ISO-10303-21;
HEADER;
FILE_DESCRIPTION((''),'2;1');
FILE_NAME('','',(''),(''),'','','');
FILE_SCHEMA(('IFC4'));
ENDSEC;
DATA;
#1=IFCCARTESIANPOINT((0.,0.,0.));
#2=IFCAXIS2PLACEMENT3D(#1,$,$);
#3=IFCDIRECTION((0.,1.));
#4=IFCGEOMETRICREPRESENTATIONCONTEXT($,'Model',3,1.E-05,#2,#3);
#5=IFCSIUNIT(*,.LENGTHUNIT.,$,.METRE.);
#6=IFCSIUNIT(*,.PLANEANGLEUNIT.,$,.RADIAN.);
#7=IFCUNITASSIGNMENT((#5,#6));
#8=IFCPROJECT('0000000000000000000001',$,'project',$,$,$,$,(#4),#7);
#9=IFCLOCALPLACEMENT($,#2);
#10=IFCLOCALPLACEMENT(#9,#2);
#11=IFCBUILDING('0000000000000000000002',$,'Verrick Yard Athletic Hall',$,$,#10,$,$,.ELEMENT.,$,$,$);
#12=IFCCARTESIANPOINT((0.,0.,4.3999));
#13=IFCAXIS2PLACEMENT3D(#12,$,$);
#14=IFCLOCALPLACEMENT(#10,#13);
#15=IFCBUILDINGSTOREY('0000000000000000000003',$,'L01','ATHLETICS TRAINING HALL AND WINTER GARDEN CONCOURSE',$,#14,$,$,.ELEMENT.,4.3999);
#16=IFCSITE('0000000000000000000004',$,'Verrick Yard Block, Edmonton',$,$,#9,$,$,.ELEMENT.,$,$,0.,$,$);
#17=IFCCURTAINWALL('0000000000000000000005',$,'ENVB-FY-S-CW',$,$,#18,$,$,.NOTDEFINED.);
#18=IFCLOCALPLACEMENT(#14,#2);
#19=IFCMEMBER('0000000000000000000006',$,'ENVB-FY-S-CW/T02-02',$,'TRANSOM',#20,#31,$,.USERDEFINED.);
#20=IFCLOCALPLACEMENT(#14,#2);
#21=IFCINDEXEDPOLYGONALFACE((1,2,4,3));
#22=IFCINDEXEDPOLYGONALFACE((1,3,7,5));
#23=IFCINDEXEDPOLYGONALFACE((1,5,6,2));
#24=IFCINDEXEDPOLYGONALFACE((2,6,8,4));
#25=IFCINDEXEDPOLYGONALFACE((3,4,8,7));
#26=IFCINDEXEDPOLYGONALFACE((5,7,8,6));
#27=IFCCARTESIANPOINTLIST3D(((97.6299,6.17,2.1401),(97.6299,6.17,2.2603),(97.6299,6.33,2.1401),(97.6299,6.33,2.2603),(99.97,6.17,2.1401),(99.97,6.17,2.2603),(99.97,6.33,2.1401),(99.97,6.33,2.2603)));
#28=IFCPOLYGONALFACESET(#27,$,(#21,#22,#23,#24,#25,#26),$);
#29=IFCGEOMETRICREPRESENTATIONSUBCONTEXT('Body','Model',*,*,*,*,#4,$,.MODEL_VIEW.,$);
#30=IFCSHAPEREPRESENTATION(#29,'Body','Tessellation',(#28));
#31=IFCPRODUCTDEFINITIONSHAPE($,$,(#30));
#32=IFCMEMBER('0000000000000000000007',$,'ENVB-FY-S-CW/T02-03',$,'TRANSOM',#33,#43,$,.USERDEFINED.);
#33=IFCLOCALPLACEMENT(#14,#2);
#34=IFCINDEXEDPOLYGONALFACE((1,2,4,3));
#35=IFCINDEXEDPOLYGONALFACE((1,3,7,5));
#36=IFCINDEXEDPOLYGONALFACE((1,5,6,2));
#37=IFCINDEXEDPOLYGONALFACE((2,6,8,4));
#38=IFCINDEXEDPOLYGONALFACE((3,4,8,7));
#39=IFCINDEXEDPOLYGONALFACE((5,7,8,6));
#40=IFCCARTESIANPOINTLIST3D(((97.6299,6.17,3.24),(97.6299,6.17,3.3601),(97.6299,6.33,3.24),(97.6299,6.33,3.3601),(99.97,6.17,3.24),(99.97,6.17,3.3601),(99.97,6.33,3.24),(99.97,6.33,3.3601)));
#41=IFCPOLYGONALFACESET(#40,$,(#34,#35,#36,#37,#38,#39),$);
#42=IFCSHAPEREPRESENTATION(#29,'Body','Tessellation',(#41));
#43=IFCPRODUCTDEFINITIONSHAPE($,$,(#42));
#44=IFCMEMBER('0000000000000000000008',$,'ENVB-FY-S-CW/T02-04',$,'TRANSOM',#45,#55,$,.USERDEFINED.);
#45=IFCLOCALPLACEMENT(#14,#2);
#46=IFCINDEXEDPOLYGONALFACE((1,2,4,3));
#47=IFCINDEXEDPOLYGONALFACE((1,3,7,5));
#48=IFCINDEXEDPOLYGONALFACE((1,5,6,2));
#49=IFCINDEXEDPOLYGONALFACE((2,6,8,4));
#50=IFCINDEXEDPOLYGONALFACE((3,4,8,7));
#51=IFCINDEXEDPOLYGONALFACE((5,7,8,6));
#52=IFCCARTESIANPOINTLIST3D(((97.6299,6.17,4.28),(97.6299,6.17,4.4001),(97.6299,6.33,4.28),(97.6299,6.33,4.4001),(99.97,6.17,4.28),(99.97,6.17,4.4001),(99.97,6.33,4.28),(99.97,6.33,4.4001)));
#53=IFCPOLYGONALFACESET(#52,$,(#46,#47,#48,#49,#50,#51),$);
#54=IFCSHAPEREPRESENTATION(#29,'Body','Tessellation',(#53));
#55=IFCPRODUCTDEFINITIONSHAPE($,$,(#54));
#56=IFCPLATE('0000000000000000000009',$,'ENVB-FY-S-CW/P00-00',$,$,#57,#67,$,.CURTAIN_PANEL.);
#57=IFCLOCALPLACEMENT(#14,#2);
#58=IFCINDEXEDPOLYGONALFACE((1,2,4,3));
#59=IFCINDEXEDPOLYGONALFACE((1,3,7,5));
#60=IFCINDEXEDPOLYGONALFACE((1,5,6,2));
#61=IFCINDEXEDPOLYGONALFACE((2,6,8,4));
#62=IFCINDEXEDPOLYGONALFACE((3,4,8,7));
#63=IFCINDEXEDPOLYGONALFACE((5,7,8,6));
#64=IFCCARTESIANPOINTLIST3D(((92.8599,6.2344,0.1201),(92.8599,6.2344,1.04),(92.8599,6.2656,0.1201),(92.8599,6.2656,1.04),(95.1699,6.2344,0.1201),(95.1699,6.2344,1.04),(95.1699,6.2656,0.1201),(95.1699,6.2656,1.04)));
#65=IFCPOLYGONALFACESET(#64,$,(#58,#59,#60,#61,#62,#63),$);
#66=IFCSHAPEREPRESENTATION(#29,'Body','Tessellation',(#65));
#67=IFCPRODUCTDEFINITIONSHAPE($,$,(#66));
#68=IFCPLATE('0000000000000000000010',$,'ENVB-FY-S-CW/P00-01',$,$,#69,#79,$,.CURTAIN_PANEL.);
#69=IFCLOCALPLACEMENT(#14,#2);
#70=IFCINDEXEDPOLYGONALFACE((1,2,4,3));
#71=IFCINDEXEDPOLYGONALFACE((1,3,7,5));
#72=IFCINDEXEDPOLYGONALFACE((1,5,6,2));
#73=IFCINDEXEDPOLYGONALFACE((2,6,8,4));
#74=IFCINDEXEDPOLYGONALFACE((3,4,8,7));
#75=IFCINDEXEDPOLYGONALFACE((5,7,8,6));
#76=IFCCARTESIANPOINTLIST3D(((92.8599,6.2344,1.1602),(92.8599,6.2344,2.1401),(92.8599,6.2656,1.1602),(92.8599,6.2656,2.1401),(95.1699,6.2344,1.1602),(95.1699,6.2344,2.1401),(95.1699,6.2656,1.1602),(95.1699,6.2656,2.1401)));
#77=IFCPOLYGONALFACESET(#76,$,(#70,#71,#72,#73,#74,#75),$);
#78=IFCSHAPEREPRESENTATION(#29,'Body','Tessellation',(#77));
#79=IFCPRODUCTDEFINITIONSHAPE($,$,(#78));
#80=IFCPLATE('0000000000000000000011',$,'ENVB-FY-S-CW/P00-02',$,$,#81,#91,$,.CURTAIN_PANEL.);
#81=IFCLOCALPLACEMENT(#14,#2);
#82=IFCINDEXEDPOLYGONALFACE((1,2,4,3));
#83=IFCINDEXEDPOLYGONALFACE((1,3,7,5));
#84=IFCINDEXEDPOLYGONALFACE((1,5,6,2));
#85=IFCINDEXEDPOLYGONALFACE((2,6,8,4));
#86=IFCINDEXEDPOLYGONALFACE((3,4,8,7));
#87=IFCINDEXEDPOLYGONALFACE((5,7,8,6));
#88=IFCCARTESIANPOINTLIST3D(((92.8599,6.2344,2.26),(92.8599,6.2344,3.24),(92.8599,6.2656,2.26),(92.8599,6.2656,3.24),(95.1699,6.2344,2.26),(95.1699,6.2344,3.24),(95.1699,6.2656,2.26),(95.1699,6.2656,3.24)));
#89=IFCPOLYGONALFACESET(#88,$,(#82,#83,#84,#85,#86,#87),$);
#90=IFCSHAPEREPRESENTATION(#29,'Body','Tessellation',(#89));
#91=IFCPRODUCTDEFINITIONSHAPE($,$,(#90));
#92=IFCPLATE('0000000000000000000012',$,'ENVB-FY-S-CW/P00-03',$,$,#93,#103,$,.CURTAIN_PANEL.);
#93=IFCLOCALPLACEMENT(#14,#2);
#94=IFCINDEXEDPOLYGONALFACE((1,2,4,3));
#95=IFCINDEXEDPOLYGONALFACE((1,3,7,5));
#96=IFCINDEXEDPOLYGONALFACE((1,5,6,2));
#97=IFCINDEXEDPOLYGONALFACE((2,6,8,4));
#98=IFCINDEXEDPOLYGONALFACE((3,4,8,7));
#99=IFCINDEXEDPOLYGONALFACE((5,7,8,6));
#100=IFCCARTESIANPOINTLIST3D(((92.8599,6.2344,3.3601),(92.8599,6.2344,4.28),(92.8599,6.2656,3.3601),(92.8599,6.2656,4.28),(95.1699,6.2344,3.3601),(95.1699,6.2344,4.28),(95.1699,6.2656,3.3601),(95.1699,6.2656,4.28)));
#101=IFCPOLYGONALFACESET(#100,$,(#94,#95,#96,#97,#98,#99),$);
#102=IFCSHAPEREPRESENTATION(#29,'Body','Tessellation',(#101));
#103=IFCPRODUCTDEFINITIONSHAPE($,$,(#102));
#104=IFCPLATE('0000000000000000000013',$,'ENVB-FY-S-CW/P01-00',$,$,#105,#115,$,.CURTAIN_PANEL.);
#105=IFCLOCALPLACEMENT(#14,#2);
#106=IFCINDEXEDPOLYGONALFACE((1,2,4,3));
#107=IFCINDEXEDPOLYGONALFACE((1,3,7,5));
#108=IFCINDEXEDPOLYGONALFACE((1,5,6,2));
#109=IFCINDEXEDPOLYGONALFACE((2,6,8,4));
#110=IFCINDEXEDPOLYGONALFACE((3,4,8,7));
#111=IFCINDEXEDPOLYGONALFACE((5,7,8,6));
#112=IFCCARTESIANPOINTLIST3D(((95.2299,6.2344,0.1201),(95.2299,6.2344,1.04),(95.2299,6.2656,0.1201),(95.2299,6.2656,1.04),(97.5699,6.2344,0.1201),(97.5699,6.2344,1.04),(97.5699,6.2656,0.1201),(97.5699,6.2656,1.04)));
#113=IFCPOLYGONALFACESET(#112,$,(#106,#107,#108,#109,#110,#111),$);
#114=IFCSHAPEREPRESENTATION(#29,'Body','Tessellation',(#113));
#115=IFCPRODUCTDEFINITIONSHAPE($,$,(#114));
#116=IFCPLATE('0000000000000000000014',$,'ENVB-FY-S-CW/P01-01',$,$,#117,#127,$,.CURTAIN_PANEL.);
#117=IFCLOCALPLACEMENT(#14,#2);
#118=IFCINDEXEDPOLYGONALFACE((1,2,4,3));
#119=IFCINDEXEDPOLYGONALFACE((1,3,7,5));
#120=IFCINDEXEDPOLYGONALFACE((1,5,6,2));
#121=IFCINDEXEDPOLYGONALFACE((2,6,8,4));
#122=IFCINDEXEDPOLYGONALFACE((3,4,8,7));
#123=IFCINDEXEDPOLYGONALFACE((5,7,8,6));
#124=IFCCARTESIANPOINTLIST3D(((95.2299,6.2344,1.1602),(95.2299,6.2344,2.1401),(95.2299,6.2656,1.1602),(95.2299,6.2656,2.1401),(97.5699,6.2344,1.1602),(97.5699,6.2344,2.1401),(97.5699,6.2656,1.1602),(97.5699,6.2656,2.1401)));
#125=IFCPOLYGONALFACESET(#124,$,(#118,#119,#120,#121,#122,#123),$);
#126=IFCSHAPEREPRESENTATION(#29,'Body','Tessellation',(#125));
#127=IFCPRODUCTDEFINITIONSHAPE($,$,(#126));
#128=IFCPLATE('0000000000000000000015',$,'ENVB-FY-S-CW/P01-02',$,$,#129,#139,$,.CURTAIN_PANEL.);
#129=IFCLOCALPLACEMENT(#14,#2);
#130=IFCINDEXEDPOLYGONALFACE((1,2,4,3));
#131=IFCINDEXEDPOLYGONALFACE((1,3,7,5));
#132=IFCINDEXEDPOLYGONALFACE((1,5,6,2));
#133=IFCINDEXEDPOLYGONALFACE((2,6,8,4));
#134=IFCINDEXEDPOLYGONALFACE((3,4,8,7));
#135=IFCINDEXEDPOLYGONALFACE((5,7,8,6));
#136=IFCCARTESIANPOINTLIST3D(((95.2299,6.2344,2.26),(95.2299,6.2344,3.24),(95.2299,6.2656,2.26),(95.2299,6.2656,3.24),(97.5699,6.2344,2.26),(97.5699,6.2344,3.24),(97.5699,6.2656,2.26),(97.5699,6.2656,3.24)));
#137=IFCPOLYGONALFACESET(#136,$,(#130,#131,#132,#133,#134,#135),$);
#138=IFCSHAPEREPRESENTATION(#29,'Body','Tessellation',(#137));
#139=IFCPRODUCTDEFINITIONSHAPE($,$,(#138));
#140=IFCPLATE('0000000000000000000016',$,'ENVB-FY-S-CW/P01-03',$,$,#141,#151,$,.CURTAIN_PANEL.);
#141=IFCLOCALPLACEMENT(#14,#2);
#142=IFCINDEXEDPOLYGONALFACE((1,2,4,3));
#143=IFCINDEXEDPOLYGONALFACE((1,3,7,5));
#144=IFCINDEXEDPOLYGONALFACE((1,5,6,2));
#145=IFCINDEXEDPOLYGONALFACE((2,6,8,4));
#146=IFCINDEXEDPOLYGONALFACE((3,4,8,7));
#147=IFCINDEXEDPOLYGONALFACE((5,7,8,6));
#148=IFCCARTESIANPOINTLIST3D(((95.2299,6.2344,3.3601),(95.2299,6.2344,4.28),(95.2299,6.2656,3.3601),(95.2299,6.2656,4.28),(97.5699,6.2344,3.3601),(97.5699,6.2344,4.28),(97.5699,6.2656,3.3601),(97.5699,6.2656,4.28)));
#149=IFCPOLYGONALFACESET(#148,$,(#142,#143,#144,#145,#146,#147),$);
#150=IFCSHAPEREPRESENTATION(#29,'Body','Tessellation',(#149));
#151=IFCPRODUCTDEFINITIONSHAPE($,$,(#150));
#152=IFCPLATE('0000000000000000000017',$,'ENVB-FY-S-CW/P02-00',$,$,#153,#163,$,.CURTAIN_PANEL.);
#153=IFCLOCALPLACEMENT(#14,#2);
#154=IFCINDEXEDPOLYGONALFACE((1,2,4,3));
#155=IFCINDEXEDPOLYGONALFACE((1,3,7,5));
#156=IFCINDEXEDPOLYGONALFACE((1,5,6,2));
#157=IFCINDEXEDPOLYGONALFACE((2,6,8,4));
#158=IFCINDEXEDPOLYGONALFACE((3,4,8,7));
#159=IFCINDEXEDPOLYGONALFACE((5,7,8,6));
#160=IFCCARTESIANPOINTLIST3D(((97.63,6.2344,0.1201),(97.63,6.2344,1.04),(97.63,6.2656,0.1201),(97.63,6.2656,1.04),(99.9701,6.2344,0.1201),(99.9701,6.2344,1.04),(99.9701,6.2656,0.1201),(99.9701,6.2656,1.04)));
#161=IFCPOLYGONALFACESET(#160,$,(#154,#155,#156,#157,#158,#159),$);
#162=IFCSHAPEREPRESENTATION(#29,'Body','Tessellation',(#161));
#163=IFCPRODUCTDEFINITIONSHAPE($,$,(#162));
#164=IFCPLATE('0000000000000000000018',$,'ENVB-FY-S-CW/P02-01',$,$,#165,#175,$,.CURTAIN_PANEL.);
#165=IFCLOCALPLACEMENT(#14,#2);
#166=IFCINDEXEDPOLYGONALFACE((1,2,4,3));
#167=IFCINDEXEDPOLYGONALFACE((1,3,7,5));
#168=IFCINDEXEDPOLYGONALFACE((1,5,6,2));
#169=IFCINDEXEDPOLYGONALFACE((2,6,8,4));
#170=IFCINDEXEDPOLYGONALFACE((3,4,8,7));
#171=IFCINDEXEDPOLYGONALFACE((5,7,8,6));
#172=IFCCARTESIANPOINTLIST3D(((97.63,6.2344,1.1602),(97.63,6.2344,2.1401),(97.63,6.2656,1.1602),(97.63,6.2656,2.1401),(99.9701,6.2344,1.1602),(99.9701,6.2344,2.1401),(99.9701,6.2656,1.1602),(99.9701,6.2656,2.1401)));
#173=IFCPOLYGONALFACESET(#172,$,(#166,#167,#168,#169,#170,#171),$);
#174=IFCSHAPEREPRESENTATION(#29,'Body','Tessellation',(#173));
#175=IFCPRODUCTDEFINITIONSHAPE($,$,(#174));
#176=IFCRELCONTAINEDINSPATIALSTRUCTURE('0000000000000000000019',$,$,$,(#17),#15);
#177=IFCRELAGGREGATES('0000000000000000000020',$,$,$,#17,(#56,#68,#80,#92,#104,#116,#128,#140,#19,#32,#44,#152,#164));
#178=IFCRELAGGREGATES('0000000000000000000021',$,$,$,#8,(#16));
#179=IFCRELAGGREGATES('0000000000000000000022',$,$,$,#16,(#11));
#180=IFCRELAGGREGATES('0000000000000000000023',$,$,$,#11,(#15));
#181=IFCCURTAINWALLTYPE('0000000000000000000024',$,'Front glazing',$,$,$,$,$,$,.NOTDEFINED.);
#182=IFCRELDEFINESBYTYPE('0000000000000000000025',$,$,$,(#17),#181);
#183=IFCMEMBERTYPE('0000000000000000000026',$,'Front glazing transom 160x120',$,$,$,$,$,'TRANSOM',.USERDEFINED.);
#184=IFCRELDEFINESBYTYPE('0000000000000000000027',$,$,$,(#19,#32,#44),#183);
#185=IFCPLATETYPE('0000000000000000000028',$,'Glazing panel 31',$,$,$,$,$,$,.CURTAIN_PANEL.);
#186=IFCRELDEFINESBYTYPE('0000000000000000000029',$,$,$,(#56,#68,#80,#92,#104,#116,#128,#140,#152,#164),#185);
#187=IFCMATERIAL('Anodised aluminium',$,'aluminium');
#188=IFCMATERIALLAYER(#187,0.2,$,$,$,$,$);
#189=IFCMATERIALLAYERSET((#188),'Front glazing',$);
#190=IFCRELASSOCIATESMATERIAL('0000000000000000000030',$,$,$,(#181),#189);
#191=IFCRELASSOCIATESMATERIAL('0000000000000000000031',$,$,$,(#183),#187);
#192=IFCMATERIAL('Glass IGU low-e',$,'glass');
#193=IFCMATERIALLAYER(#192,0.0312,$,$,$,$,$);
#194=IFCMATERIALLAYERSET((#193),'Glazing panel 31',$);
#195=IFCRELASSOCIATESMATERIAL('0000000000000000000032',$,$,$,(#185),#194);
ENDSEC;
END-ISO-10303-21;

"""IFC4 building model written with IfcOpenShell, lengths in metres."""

from ifc_helpers import new_model, si_unit, direction, frame, origin, origin_2d, place, context, subcontext, project, spatial, rectangle, extrude, material, layer, layer_set, material_profile, profile_set, type_object, element, aggregate, save


model = new_model("IFC4")

# Units and contexts
model_context = context("Model", 3, precision=1e-05, world=origin(), true_north=direction((0.0, 1.0)))
body_context = subcontext(model_context, "Body", "Model", "MODEL_VIEW")
ifc_project = project(units=[si_unit("LENGTHUNIT", "METRE"), si_unit("PLANEANGLEUNIT", "RADIAN")], contexts=[model_context])

# Site, building, storey
site_placement = place(None, origin())
site = spatial("IfcSite", under=ifc_project, at=site_placement, Name="Verrick Yard Block, Edmonton", CompositionType="ELEMENT", RefElevation=0.0)
building_placement = place(site_placement, origin())
building = spatial("IfcBuilding", under=site, at=building_placement, Name="Verrick Yard Athletic Hall", CompositionType="ELEMENT")
storey_placement = place(building_placement, frame((0.0, 0.0, 4.3999)))
storey = spatial("IfcBuildingStorey", under=building, at=storey_placement, Name="L01", Description="ATHLETICS TRAINING HALL AND WINTER GARDEN CONCOURSE", CompositionType="ELEMENT", Elevation=4.3999)

# Curtain wall, members, plates
ifc_material_1 = material(Name="Anodised aluminium", Category="aluminium")
ifc_layer_1 = layer(ifc_material_1, 0.2)
ifc_layer_set_1 = layer_set([ifc_layer_1], Name="Front glazing")
curtain_wall_type = type_object("IfcCurtainWallType", Name="Front glazing", PredefinedType="NOTDEFINED", material=ifc_layer_set_1)
curtain_wall_placement = place(storey_placement, origin())
curtain_wall = element("IfcCurtainWall", 1, at=curtain_wall_placement, inside=storey, type_object=curtain_wall_type, Name="ENVB-FY-S-CW", PredefinedType="NOTDEFINED")
ifc_material_profile_1 = material_profile(ifc_material_1, rectangle(XDim=0.1599, YDim=0.1201, at=origin_2d()), Name="CW transom 160x120")
ifc_profile_set_1 = profile_set([ifc_material_profile_1], Name="Anodised aluminium")
member_type_1 = type_object("IfcMemberType", Name="Front glazing transom 160x120", ElementType="TRANSOM", PredefinedType="USERDEFINED", material=ifc_profile_set_1)
member_1_placement = place(storey_placement, frame((97.6299, 6.25, 2.2002), z_axis=(1.0, 0.0, 0.0), x_axis=(0.0, 1.0, 0.0)))
member_1 = element("IfcMember", 2, at=member_1_placement, type_object=member_type_1, Name="ENVB-FY-S-CW/T02-02", ObjectType="TRANSOM", PredefinedType="USERDEFINED", context=body_context, shape_type="SweptSolid", body=[
    extrude(rectangle(XDim=0.1599, YDim=0.1201, at=origin_2d()), origin(), (0.0, 0.0, 1.0), 2.3401),
])
member_2_placement = place(storey_placement, frame((97.6299, 6.25, 3.3), z_axis=(1.0, 0.0, 0.0), x_axis=(0.0, 1.0, 0.0)))
member_2 = element("IfcMember", 3, at=member_2_placement, type_object=member_type_1, Name="ENVB-FY-S-CW/T02-03", ObjectType="TRANSOM", PredefinedType="USERDEFINED", context=body_context, shape_type="SweptSolid", body=[
    extrude(rectangle(XDim=0.1599, YDim=0.1201, at=origin_2d()), origin(), (0.0, 0.0, 1.0), 2.3401),
])
member_3_placement = place(storey_placement, frame((97.6299, 6.25, 4.3401), z_axis=(1.0, 0.0, 0.0), x_axis=(0.0, 1.0, 0.0)))
member_3 = element("IfcMember", 4, at=member_3_placement, type_object=member_type_1, Name="ENVB-FY-S-CW/T02-04", ObjectType="TRANSOM", PredefinedType="USERDEFINED", context=body_context, shape_type="SweptSolid", body=[
    extrude(rectangle(XDim=0.1599, YDim=0.1201, at=origin_2d()), origin(), (0.0, 0.0, 1.0), 2.3401),
])
ifc_material_2 = material(Name="Glass IGU low-e", Category="glass")
ifc_layer_2 = layer(ifc_material_2, 0.0312)
ifc_layer_set_2 = layer_set([ifc_layer_2], Name="Glazing panel 31")
plate_type = type_object("IfcPlateType", Name="Glazing panel 31", PredefinedType="CURTAIN_PANEL", material=ifc_layer_set_2)
plate_1_placement = place(storey_placement, frame((94.0149, 6.25, 0.1201), z_axis=(0.0, 0.0, 1.0), x_axis=(1.0, 0.0, 0.0)))
plate_1 = element("IfcPlate", 5, at=plate_1_placement, type_object=plate_type, Name="ENVB-FY-S-CW/P00-00", PredefinedType="CURTAIN_PANEL", context=body_context, shape_type="SweptSolid", body=[
    extrude(rectangle(XDim=2.3101, YDim=0.0312, at=origin_2d()), origin(), (0.0, 0.0, 1.0), 0.9199),
])
plate_2_placement = place(storey_placement, frame((94.0149, 6.25, 1.1602), z_axis=(0.0, 0.0, 1.0), x_axis=(1.0, 0.0, 0.0)))
plate_2 = element("IfcPlate", 6, at=plate_2_placement, type_object=plate_type, Name="ENVB-FY-S-CW/P00-01", PredefinedType="CURTAIN_PANEL", context=body_context, shape_type="SweptSolid", body=[
    extrude(rectangle(XDim=2.3101, YDim=0.0312, at=origin_2d()), origin(), (0.0, 0.0, 1.0), 0.98),
])
plate_3_placement = place(storey_placement, frame((94.0149, 6.25, 2.26), z_axis=(0.0, 0.0, 1.0), x_axis=(1.0, 0.0, 0.0)))
plate_3 = element("IfcPlate", 7, at=plate_3_placement, type_object=plate_type, Name="ENVB-FY-S-CW/P00-02", PredefinedType="CURTAIN_PANEL", context=body_context, shape_type="SweptSolid", body=[
    extrude(rectangle(XDim=2.3101, YDim=0.0312, at=origin_2d()), origin(), (0.0, 0.0, 1.0), 0.98),
])
plate_4_placement = place(storey_placement, frame((94.0149, 6.25, 3.3601), z_axis=(0.0, 0.0, 1.0), x_axis=(1.0, 0.0, 0.0)))
plate_4 = element("IfcPlate", 8, at=plate_4_placement, type_object=plate_type, Name="ENVB-FY-S-CW/P00-03", PredefinedType="CURTAIN_PANEL", context=body_context, shape_type="SweptSolid", body=[
    extrude(rectangle(XDim=2.3101, YDim=0.0312, at=origin_2d()), origin(), (0.0, 0.0, 1.0), 0.9199),
])
plate_5_placement = place(storey_placement, frame((96.3999, 6.25, 0.1201), z_axis=(0.0, 0.0, 1.0), x_axis=(1.0, 0.0, 0.0)))
plate_5 = element("IfcPlate", 9, at=plate_5_placement, type_object=plate_type, Name="ENVB-FY-S-CW/P01-00", PredefinedType="CURTAIN_PANEL", context=body_context, shape_type="SweptSolid", body=[
    extrude(rectangle(XDim=2.3401, YDim=0.0312, at=origin_2d()), origin(), (0.0, 0.0, 1.0), 0.9199),
])
plate_6_placement = place(storey_placement, frame((96.3999, 6.25, 1.1602), z_axis=(0.0, 0.0, 1.0), x_axis=(1.0, 0.0, 0.0)))
plate_6 = element("IfcPlate", 10, at=plate_6_placement, type_object=plate_type, Name="ENVB-FY-S-CW/P01-01", PredefinedType="CURTAIN_PANEL", context=body_context, shape_type="SweptSolid", body=[
    extrude(rectangle(XDim=2.3401, YDim=0.0312, at=origin_2d()), origin(), (0.0, 0.0, 1.0), 0.98),
])
plate_7_placement = place(storey_placement, frame((96.3999, 6.25, 2.26), z_axis=(0.0, 0.0, 1.0), x_axis=(1.0, 0.0, 0.0)))
plate_7 = element("IfcPlate", 11, at=plate_7_placement, type_object=plate_type, Name="ENVB-FY-S-CW/P01-02", PredefinedType="CURTAIN_PANEL", context=body_context, shape_type="SweptSolid", body=[
    extrude(rectangle(XDim=2.3401, YDim=0.0312, at=origin_2d()), origin(), (0.0, 0.0, 1.0), 0.98),
])
plate_8_placement = place(storey_placement, frame((96.3999, 6.25, 3.3601), z_axis=(0.0, 0.0, 1.0), x_axis=(1.0, 0.0, 0.0)))
plate_8 = element("IfcPlate", 12, at=plate_8_placement, type_object=plate_type, Name="ENVB-FY-S-CW/P01-03", PredefinedType="CURTAIN_PANEL", context=body_context, shape_type="SweptSolid", body=[
    extrude(rectangle(XDim=2.3401, YDim=0.0312, at=origin_2d()), origin(), (0.0, 0.0, 1.0), 0.9199),
])
plate_9_placement = place(storey_placement, frame((98.8, 6.25, 0.1201), z_axis=(0.0, 0.0, 1.0), x_axis=(1.0, 0.0, 0.0)))
plate_9 = element("IfcPlate", 13, at=plate_9_placement, type_object=plate_type, Name="ENVB-FY-S-CW/P02-00", PredefinedType="CURTAIN_PANEL", context=body_context, shape_type="SweptSolid", body=[
    extrude(rectangle(XDim=2.3401, YDim=0.0312, at=origin_2d()), origin(), (0.0, 0.0, 1.0), 0.9199),
])
plate_10_placement = place(storey_placement, frame((98.8, 6.25, 1.1602), z_axis=(0.0, 0.0, 1.0), x_axis=(1.0, 0.0, 0.0)))
plate_10 = element("IfcPlate", 14, at=plate_10_placement, type_object=plate_type, Name="ENVB-FY-S-CW/P02-01", PredefinedType="CURTAIN_PANEL", context=body_context, shape_type="SweptSolid", body=[
    extrude(rectangle(XDim=2.3401, YDim=0.0312, at=origin_2d()), origin(), (0.0, 0.0, 1.0), 0.98),
])
aggregate(curtain_wall, [plate_1, plate_2, plate_3, plate_4, plate_5, plate_6, plate_7, plate_8, member_1, member_2, member_3, plate_9, plate_10])

save(model, "model.ifc")
